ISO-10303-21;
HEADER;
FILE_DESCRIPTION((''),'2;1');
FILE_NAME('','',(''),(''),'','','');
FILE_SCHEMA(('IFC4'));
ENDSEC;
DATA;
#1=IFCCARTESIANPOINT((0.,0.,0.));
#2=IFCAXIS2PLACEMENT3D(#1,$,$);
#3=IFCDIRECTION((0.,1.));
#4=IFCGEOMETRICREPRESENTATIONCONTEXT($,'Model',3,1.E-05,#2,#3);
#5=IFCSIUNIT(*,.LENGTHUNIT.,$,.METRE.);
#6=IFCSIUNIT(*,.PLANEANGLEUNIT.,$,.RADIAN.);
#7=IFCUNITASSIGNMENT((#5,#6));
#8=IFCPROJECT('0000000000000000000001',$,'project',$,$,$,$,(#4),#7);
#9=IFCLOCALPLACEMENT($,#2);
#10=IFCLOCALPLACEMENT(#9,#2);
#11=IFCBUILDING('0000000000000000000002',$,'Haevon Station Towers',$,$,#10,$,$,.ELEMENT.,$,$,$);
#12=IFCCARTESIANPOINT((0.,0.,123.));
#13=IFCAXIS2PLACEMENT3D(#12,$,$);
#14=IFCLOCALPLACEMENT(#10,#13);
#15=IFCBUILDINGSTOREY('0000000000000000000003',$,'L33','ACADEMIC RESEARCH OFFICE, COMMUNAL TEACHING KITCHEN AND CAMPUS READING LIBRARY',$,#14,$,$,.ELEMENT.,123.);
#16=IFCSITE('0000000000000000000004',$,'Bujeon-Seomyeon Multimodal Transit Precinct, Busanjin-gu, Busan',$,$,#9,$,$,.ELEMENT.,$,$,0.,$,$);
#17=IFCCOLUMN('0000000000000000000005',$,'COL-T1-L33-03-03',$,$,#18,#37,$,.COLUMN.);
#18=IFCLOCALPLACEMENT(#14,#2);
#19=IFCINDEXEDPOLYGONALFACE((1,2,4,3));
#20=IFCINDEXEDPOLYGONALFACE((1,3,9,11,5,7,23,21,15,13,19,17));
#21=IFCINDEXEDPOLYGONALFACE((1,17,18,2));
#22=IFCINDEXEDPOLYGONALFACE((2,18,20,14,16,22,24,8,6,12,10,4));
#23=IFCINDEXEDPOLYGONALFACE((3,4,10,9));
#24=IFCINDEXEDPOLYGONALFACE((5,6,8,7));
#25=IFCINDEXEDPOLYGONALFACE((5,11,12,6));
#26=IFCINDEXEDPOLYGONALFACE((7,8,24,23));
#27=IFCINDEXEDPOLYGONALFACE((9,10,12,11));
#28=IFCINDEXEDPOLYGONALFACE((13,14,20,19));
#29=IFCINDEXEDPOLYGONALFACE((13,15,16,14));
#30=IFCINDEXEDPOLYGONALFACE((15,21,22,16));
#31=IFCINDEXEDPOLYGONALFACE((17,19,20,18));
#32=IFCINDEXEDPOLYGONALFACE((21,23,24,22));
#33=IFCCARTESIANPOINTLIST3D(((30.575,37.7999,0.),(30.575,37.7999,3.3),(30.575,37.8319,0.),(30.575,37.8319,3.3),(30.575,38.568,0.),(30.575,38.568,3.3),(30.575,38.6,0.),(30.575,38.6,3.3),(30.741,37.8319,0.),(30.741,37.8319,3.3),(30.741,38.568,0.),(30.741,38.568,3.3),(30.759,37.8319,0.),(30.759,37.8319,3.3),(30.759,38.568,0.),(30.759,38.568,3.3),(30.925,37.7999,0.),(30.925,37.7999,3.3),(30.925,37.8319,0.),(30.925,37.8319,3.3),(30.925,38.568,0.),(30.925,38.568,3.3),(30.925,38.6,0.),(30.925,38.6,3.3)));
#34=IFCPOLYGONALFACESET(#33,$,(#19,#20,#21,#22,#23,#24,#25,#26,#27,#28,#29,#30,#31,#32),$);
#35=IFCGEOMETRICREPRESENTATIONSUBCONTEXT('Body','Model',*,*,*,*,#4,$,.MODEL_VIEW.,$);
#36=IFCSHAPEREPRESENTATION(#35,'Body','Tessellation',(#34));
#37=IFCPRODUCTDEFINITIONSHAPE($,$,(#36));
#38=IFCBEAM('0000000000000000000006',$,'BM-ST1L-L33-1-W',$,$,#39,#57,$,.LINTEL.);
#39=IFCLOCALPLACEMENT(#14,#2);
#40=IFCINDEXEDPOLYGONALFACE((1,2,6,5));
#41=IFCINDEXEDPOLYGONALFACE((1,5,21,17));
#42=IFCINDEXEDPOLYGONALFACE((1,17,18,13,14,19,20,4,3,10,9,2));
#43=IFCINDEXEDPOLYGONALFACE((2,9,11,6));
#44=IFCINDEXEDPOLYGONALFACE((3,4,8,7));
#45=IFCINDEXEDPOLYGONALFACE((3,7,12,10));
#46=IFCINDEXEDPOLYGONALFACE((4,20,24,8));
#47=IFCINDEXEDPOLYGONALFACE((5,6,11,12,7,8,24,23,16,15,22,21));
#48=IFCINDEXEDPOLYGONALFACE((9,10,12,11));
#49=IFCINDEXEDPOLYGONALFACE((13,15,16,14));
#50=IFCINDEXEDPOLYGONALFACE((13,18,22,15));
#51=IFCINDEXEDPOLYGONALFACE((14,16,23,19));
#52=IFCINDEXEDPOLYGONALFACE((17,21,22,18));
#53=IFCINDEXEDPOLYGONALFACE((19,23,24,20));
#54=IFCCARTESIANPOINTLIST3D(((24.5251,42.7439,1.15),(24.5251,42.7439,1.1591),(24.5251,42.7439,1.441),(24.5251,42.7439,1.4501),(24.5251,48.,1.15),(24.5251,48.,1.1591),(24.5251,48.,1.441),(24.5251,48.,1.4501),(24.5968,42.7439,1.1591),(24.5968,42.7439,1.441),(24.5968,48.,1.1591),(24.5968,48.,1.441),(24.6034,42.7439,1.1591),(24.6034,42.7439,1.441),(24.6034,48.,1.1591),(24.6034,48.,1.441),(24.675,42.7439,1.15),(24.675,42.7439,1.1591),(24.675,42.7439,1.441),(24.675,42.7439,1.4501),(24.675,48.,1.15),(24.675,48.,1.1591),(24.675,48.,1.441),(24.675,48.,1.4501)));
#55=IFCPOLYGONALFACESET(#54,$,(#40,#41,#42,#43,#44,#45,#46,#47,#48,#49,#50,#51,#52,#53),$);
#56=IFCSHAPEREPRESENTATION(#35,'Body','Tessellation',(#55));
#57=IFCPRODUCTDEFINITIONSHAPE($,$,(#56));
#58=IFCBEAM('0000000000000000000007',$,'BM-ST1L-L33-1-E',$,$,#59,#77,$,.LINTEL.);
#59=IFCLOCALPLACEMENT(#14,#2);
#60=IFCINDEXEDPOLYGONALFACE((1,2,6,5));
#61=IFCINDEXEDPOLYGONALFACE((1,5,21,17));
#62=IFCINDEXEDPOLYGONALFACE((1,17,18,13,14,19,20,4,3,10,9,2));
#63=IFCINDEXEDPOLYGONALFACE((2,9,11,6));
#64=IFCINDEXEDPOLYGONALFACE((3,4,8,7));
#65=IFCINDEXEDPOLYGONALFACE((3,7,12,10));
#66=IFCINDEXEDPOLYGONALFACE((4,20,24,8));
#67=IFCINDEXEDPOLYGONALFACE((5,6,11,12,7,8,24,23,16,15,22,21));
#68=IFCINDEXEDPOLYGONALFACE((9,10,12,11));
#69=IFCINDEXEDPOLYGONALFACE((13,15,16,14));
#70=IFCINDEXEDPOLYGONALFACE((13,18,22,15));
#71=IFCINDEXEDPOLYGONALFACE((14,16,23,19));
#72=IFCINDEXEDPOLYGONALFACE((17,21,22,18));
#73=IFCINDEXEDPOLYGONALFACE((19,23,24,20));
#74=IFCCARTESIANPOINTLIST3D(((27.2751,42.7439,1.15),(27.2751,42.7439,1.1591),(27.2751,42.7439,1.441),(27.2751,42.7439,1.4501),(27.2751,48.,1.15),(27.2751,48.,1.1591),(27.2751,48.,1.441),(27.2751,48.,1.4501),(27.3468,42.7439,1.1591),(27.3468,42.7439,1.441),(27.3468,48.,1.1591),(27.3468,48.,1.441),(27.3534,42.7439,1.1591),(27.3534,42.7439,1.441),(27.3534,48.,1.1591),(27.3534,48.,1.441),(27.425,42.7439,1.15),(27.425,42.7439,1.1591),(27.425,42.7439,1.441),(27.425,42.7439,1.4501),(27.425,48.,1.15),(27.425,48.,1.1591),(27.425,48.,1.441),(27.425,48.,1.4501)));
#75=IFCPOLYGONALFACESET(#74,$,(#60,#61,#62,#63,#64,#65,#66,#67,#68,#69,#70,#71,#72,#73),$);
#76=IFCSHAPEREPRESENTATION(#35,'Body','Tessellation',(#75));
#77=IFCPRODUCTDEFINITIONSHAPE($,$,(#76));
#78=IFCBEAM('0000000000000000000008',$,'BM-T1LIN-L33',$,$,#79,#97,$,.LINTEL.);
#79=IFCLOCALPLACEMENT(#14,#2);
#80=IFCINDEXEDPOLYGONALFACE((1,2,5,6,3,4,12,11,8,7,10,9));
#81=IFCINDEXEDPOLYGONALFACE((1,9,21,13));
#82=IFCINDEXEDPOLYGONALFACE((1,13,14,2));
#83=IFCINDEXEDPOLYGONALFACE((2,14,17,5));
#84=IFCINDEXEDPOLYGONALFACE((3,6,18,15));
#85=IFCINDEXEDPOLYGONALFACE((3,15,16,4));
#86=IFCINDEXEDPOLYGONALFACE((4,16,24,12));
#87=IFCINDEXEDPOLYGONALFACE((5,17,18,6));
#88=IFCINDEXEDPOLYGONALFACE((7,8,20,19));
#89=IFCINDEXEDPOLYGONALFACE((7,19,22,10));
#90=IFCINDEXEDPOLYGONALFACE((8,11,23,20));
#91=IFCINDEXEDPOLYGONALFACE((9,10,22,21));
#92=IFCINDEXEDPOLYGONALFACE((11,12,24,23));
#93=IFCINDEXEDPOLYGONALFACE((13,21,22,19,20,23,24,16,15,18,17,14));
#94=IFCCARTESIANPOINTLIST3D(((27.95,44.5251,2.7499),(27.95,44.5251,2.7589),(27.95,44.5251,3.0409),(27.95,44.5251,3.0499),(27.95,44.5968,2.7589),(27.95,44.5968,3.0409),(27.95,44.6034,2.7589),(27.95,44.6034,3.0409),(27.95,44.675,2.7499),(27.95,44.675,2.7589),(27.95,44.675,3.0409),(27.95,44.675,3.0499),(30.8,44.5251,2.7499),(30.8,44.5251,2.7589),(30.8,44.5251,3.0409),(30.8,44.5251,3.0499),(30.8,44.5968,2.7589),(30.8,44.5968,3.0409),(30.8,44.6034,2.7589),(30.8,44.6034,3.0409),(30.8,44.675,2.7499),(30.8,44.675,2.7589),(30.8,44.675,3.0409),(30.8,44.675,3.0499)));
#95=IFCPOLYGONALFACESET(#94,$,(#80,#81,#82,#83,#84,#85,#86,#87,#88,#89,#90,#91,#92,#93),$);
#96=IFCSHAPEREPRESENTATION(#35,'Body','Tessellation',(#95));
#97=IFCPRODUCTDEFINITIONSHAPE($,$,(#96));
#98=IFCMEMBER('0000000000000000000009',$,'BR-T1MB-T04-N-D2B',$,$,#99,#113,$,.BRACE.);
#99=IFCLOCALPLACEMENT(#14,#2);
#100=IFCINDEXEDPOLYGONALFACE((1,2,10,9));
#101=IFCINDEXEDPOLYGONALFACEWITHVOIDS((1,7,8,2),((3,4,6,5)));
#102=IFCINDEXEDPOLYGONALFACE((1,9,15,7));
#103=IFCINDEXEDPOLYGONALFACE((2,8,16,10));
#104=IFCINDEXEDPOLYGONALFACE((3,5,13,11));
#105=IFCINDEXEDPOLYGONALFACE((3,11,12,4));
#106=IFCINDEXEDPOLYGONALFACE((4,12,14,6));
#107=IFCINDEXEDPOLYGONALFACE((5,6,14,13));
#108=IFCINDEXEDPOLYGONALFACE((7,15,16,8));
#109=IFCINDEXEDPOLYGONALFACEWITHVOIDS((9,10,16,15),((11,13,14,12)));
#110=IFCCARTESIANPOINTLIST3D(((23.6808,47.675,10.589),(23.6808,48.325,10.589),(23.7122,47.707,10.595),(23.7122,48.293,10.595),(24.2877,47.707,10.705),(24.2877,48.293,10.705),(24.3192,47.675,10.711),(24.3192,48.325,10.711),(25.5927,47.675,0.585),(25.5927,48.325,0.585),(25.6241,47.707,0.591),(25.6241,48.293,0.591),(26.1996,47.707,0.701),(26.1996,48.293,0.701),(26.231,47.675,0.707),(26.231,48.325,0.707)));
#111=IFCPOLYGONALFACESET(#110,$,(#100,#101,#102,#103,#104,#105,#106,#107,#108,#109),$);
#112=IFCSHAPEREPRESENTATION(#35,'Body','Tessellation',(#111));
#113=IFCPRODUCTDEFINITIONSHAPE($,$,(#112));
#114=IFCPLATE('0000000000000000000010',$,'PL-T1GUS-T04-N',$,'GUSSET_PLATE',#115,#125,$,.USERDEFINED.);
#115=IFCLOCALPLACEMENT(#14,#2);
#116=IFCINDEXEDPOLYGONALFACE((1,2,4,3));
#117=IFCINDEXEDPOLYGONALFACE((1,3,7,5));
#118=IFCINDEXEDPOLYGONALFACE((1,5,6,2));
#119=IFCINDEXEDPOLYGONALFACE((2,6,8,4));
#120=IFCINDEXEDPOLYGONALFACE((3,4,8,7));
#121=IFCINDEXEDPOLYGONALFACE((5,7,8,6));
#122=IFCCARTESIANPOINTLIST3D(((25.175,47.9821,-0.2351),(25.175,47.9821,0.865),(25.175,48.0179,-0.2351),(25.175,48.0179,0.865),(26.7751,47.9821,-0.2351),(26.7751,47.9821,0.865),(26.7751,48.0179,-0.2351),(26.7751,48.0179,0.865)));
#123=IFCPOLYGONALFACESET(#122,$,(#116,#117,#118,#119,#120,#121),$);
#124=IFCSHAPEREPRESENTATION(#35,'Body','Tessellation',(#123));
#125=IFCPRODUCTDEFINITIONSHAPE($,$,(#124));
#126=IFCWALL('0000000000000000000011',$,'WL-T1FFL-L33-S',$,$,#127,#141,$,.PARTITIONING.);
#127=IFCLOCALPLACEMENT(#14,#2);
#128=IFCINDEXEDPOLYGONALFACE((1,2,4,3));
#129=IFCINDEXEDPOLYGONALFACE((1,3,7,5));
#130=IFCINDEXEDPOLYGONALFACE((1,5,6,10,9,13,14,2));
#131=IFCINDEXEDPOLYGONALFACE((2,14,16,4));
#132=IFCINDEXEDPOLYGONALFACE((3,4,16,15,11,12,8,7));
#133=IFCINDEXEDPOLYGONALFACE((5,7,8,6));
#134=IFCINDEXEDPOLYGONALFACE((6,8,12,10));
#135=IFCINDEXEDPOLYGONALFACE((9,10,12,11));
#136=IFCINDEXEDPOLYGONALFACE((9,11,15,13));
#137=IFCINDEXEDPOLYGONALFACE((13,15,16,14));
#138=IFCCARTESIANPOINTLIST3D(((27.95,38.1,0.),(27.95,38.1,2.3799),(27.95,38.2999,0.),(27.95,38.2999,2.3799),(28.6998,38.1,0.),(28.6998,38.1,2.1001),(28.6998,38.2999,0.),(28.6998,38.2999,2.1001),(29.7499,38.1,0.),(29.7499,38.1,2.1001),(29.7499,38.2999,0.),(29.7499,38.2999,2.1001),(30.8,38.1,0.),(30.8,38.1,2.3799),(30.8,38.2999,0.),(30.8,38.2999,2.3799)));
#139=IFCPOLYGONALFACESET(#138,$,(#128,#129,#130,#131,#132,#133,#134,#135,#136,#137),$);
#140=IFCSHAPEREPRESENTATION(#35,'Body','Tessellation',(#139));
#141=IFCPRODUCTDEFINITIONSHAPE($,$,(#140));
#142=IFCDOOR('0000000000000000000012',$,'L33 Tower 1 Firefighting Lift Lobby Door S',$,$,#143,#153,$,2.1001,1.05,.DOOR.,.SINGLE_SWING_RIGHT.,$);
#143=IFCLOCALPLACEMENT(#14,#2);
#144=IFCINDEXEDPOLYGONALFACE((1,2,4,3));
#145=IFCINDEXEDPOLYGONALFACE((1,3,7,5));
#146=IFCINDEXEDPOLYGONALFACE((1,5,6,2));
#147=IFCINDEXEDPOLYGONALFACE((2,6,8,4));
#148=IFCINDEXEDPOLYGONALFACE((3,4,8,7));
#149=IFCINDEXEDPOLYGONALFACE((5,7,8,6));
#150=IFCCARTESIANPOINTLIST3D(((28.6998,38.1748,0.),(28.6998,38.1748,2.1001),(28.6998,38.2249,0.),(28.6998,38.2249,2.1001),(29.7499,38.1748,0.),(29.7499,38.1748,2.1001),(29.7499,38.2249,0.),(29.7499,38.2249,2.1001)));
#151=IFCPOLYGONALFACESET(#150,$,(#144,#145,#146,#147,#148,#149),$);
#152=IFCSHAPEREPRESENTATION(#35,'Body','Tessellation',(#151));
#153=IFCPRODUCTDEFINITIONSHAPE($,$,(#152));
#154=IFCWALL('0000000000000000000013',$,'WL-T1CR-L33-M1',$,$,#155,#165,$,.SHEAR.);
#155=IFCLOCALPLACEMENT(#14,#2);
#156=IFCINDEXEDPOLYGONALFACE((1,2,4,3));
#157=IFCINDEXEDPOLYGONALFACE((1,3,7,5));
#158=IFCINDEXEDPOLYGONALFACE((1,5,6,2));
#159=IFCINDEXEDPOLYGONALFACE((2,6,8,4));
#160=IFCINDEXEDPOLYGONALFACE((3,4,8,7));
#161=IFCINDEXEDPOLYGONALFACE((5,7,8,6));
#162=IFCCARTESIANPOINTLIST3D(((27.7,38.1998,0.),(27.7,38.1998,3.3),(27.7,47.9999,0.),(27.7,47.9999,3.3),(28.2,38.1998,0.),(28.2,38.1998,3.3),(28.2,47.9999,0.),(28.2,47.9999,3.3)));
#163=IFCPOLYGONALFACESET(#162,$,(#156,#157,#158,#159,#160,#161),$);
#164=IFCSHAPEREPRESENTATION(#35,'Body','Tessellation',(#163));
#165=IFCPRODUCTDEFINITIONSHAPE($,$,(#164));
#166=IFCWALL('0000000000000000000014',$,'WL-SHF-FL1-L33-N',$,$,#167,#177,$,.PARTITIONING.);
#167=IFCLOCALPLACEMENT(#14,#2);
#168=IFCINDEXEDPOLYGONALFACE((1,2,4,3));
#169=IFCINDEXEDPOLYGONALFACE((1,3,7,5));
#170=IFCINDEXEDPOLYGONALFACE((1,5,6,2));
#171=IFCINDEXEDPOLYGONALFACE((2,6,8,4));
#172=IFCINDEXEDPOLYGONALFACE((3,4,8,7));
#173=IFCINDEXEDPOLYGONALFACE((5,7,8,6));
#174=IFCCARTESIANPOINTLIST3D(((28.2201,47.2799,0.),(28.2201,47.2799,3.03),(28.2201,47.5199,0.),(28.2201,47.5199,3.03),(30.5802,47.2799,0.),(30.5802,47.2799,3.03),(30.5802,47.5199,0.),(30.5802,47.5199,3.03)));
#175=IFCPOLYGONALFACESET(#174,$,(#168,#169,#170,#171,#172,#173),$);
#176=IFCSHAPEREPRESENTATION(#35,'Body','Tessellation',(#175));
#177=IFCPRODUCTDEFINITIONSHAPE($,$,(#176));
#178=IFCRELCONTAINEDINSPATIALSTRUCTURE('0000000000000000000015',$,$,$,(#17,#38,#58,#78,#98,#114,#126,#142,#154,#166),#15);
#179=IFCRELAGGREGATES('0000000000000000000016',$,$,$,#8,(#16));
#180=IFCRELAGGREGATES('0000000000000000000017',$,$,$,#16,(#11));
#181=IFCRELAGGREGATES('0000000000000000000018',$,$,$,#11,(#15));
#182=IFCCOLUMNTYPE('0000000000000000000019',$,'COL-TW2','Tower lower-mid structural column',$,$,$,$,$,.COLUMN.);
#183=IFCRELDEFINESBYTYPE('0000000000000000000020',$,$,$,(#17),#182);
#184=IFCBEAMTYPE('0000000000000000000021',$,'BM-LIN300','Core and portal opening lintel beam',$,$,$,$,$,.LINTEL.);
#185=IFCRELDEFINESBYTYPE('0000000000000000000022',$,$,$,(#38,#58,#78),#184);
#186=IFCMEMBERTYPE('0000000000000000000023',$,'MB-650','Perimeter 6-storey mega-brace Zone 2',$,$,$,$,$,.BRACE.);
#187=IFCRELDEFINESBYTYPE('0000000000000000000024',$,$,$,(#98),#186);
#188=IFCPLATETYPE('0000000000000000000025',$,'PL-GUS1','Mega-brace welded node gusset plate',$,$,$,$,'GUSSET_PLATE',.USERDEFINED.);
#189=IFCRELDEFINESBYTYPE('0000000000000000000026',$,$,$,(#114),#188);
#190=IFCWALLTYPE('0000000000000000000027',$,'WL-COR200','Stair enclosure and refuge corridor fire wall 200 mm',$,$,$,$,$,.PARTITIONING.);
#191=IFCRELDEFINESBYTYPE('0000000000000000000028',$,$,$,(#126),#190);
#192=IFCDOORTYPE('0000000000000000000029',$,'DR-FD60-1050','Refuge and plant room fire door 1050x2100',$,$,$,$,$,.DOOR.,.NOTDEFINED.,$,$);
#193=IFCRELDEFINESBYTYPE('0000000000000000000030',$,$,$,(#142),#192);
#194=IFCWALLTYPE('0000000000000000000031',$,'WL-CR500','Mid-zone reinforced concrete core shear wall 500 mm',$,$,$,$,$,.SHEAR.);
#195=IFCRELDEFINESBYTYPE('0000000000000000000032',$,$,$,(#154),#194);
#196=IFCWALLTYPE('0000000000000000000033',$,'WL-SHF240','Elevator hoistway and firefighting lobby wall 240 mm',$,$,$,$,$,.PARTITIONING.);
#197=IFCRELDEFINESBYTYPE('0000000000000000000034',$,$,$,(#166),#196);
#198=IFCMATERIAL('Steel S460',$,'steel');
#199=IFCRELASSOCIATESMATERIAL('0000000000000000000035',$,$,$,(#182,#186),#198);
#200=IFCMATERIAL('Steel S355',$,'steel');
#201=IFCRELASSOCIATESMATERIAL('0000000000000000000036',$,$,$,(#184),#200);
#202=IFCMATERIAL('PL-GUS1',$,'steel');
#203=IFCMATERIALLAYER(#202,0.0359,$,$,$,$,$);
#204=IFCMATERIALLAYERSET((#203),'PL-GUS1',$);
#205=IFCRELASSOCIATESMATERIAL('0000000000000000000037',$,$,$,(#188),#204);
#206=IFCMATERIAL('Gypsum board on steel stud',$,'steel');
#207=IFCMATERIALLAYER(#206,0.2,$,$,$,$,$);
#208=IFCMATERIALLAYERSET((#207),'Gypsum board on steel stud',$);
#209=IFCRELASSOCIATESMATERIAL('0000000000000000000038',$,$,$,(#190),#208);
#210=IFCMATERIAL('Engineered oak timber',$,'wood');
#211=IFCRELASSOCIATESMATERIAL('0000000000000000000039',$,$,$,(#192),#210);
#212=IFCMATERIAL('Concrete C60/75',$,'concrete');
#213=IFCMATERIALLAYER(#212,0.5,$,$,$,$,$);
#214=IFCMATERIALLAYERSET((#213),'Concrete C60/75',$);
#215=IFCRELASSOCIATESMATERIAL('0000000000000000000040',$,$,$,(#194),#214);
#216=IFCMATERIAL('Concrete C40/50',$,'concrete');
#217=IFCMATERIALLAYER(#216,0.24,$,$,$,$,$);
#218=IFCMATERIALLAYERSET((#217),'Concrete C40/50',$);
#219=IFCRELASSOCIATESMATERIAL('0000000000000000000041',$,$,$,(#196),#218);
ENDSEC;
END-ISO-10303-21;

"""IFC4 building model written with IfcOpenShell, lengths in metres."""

from ifc_helpers import new_model, si_unit, direction, frame, frame_2d, origin, origin_2d, place, context, subcontext, project, spatial, rectangle, hollow_rectangle, i_section, extrude, material, layer, layer_set, material_profile, profile_set, type_object, element, fill, save


model = new_model("IFC4")

# Units and contexts
model_context = context("Model", 3, precision=1e-05, world=origin(), true_north=direction((0.0, 1.0)))
body_context = subcontext(model_context, "Body", "Model", "MODEL_VIEW")
ifc_project = project(units=[si_unit("LENGTHUNIT", "METRE"), si_unit("PLANEANGLEUNIT", "RADIAN")], contexts=[model_context])

# Site, building, storey
site_placement = place(None, origin())
site = spatial("IfcSite", under=ifc_project, at=site_placement, Name="Bujeon-Seomyeon Multimodal Transit Precinct, Busanjin-gu, Busan", CompositionType="ELEMENT", RefElevation=0.0)
building_placement = place(site_placement, origin())
building = spatial("IfcBuilding", under=site, at=building_placement, Name="Haevon Station Towers", CompositionType="ELEMENT")
storey_placement = place(building_placement, frame((0.0, 0.0, 123.0)))
storey = spatial("IfcBuildingStorey", under=building, at=storey_placement, Name="L33", Description="ACADEMIC RESEARCH OFFICE, COMMUNAL TEACHING KITCHEN AND CAMPUS READING LIBRARY", CompositionType="ELEMENT", Elevation=123.0)

# Column
ifc_material_1 = material(Name="Steel S460", Category="steel")
ifc_material_profile_1 = material_profile(ifc_material_1, i_section(OverallWidth=0.3501, OverallDepth=0.8, WebThickness=0.0181, FlangeThickness=0.032, at=origin_2d()), Name="H-800x350x18x32")
ifc_profile_set_1 = profile_set([ifc_material_profile_1], Name="Steel S460")
column_type = type_object("IfcColumnType", Name="COL-TW2", Description="Tower lower-mid structural column", PredefinedType="COLUMN", material=ifc_profile_set_1)
column_placement = place(storey_placement, frame((30.75, 38.2, 0.0), z_axis=(0.0, 0.0, 1.0), x_axis=(1.0, 0.0, 0.0)))
element("IfcColumn", 1, at=column_placement, inside=storey, type_object=column_type, Name="COL-T1-L33-03-03", PredefinedType="COLUMN", context=body_context, shape_type="SweptSolid", body=[
    extrude(i_section(OverallWidth=0.3501, OverallDepth=0.8, WebThickness=0.0181, FlangeThickness=0.032, at=origin_2d()), origin(), (0.0, 0.0, 1.0), 3.3),
])

# Beams
ifc_material_2 = material(Name="Steel S355", Category="steel")
ifc_material_profile_2 = material_profile(ifc_material_2, i_section(OverallWidth=0.1499, OverallDepth=0.3, WebThickness=0.0066, FlangeThickness=0.009, at=origin_2d()), Name="H-300x150x6.5x9")
ifc_profile_set_2 = profile_set([ifc_material_profile_2], Name="Steel S355")
beam_type = type_object("IfcBeamType", Name="BM-LIN300", Description="Core and portal opening lintel beam", PredefinedType="LINTEL", material=ifc_profile_set_2)
for number, where, z_axis, x_axis, name in (
    (2, (24.6001, 42.7439, 1.3), (0.0, 1.0, 0.0), (-1.0, 0.0, 0.0), "BM-ST1L-L33-1-W"),
    (3, (27.3501, 42.7439, 1.3), (0.0, 1.0, 0.0), (-1.0, 0.0, 0.0), "BM-ST1L-L33-1-E"),
):
    element("IfcBeam", number, at=place(storey_placement, frame(where, z_axis=z_axis, x_axis=x_axis)), inside=storey, type_object=beam_type, Name=name, PredefinedType="LINTEL", context=body_context, shape_type="SweptSolid", body=[
        extrude(i_section(OverallWidth=0.1499, OverallDepth=0.3, WebThickness=0.0066, FlangeThickness=0.009, at=origin_2d()), origin(), (0.0, 0.0, 1.0), 5.2561),
    ])
beam_placement = place(storey_placement, frame((27.95, 44.6001, 2.8999), z_axis=(1.0, 0.0, 0.0), x_axis=(0.0, 1.0, 0.0)))
element("IfcBeam", 4, at=beam_placement, inside=storey, type_object=beam_type, Name="BM-T1LIN-L33", PredefinedType="LINTEL", context=body_context, shape_type="SweptSolid", body=[
    extrude(i_section(OverallWidth=0.1499, OverallDepth=0.3, WebThickness=0.0066, FlangeThickness=0.009, at=origin_2d()), origin(), (0.0, 0.0, 1.0), 2.8501),
])

# Member
ifc_material_profile_3 = material_profile(ifc_material_1, hollow_rectangle(XDim=0.6499, YDim=0.6499, WallThickness=0.032, at=origin_2d()), Name="RHS-650x650x32")
ifc_profile_set_3 = profile_set([ifc_material_profile_3], Name="Steel S460")
member_type = type_object("IfcMemberType", Name="MB-650", Description="Perimeter 6-storey mega-brace Zone 2", PredefinedType="BRACE", material=ifc_profile_set_3)
member_placement = place(storey_placement, frame((25.9119, 48.0, 0.646), z_axis=(-0.187715, 0.0, 0.982224), x_axis=(0.0, -1.0, 0.0)))
element("IfcMember", 5, at=member_placement, inside=storey, type_object=member_type, Name="BR-T1MB-T04-N-D2B", PredefinedType="BRACE", context=body_context, shape_type="SweptSolid", body=[
    extrude(hollow_rectangle(XDim=0.6499, YDim=0.6499, WallThickness=0.032, at=origin_2d()), origin(), (0.0, 0.0, 1.0), 10.1851),
])

# Plate
ifc_material_3 = material(Name="PL-GUS1", Category="steel")
ifc_layer_1 = layer(ifc_material_3, 0.0359)
ifc_layer_set_1 = layer_set([ifc_layer_1], Name="PL-GUS1")
plate_type = type_object("IfcPlateType", Name="PL-GUS1", Description="Mega-brace welded node gusset plate", ElementType="GUSSET_PLATE", PredefinedType="USERDEFINED", material=ifc_layer_set_1)
plate_placement = place(storey_placement, frame((25.9751, 48.0, -0.2351), z_axis=(0.0, 0.0, 1.0), x_axis=(1.0, 0.0, 0.0)))
element("IfcPlate", 6, at=plate_placement, inside=storey, type_object=plate_type, Name="PL-T1GUS-T04-N", ObjectType="GUSSET_PLATE", PredefinedType="USERDEFINED", context=body_context, shape_type="SweptSolid", body=[
    extrude(rectangle(XDim=1.6001, YDim=0.0359, at=origin_2d()), origin(), (0.0, 0.0, 1.0), 1.1001),
])

# Wall, opening, door
ifc_material_4 = material(Name="Gypsum board on steel stud", Category="steel")
ifc_layer_2 = layer(ifc_material_4, 0.2)
ifc_layer_set_2 = layer_set([ifc_layer_2], Name="Gypsum board on steel stud")
wall_type_1 = type_object("IfcWallType", Name="WL-COR200", Description="Stair enclosure and refuge corridor fire wall 200 mm", PredefinedType="PARTITIONING", material=ifc_layer_set_2)
wall_1_placement = place(storey_placement, frame((27.95, 38.2, 0.0), z_axis=(0.0, 0.0, 1.0), x_axis=(1.0, 0.0, 0.0)))
wall_1 = element("IfcWall", 7, at=wall_1_placement, inside=storey, type_object=wall_type_1, Name="WL-T1FFL-L33-S", PredefinedType="PARTITIONING", context=body_context, shape_type="SweptSolid", body=[
    extrude(rectangle(XDim=2.8501, YDim=0.2, at=frame_2d((1.425, 0.0))), origin(), (0.0, 0.0, 1.0), 2.3799),
])
opening_1_placement = place(wall_1_placement, frame((0.75, 0.0, 0.0)))
opening_1 = element("IfcOpeningElement", 8, at=opening_1_placement, cuts=wall_1, PredefinedType="OPENING", context=body_context, shape_type="SweptSolid", body=[
    extrude(rectangle(XDim=1.05, YDim=2.1001, at=frame_2d((0.5249, 1.05))), frame((0.0, 0.1099, 0.0), z_axis=(0.0, -1.0, 0.0), x_axis=(1.0, 0.0, 0.0)), (0.0, 0.0, 1.0), 0.22),
])
ifc_material_5 = material(Name="Engineered oak timber", Category="wood")
door_type_1 = type_object("IfcDoorType", Name="DR-FD60-1050", Description="Refuge and plant room fire door 1050x2100", OperationType="NOTDEFINED", PredefinedType="DOOR", material=ifc_material_5)
door_1_placement = place(opening_1_placement, origin())
door_1 = element("IfcDoor", 9, at=door_1_placement, inside=storey, type_object=door_type_1, Name="L33 Tower 1 Firefighting Lift Lobby Door S", OperationType="SINGLE_SWING_RIGHT", OverallHeight=2.1001, OverallWidth=1.05, PredefinedType="DOOR", context=body_context, shape_type="SweptSolid", body=[
    extrude(rectangle(XDim=1.05, YDim=2.1001, at=frame_2d((0.5249, 1.05))), frame((0.0, 0.0249, 0.0), z_axis=(0.0, -1.0, 0.0), x_axis=(1.0, 0.0, 0.0)), (0.0, 0.0, 1.0), 0.05),
])
fill(opening_1, door_1)

# Wall
ifc_material_6 = material(Name="Concrete C60/75", Category="concrete")
ifc_layer_3 = layer(ifc_material_6, 0.5)
ifc_layer_set_3 = layer_set([ifc_layer_3], Name="Concrete C60/75")
wall_type_2 = type_object("IfcWallType", Name="WL-CR500", Description="Mid-zone reinforced concrete core shear wall 500 mm", PredefinedType="SHEAR", material=ifc_layer_set_3)
wall_2_placement = place(storey_placement, frame((27.95, 38.2, 0.0), z_axis=(0.0, 0.0, 1.0), x_axis=(0.0, 1.0, 0.0)))
element("IfcWall", 10, at=wall_2_placement, inside=storey, type_object=wall_type_2, Name="WL-T1CR-L33-M1", PredefinedType="SHEAR", context=body_context, shape_type="SweptSolid", body=[
    extrude(rectangle(XDim=9.8, YDim=0.5, at=frame_2d((4.8999, 0.0))), origin(), (0.0, 0.0, 1.0), 3.3),
])

# Shared definitions
ifc_material_7 = material(Name="Concrete C40/50", Category="concrete")
ifc_layer_4 = layer(ifc_material_7, 0.24)
ifc_layer_set_4 = layer_set([ifc_layer_4], Name="Concrete C40/50")
wall_type_3 = type_object("IfcWallType", Name="WL-SHF240", Description="Elevator hoistway and firefighting lobby wall 240 mm", PredefinedType="PARTITIONING", material=ifc_layer_set_4)

# Wall
wall_3_placement = place(storey_placement, frame((28.22, 47.3999, 0.0), z_axis=(0.0, 0.0, 1.0), x_axis=(1.0, 0.0, 0.0)))
element("IfcWall", 11, at=wall_3_placement, inside=storey, type_object=wall_type_3, Name="WL-SHF-FL1-L33-N", PredefinedType="PARTITIONING", context=body_context, shape_type="SweptSolid", body=[
    extrude(rectangle(XDim=2.3601, YDim=0.24, at=frame_2d((1.1802, 0.0))), origin(), (0.0, 0.0, 1.0), 3.03),
])

save(model, "model.ifc")
